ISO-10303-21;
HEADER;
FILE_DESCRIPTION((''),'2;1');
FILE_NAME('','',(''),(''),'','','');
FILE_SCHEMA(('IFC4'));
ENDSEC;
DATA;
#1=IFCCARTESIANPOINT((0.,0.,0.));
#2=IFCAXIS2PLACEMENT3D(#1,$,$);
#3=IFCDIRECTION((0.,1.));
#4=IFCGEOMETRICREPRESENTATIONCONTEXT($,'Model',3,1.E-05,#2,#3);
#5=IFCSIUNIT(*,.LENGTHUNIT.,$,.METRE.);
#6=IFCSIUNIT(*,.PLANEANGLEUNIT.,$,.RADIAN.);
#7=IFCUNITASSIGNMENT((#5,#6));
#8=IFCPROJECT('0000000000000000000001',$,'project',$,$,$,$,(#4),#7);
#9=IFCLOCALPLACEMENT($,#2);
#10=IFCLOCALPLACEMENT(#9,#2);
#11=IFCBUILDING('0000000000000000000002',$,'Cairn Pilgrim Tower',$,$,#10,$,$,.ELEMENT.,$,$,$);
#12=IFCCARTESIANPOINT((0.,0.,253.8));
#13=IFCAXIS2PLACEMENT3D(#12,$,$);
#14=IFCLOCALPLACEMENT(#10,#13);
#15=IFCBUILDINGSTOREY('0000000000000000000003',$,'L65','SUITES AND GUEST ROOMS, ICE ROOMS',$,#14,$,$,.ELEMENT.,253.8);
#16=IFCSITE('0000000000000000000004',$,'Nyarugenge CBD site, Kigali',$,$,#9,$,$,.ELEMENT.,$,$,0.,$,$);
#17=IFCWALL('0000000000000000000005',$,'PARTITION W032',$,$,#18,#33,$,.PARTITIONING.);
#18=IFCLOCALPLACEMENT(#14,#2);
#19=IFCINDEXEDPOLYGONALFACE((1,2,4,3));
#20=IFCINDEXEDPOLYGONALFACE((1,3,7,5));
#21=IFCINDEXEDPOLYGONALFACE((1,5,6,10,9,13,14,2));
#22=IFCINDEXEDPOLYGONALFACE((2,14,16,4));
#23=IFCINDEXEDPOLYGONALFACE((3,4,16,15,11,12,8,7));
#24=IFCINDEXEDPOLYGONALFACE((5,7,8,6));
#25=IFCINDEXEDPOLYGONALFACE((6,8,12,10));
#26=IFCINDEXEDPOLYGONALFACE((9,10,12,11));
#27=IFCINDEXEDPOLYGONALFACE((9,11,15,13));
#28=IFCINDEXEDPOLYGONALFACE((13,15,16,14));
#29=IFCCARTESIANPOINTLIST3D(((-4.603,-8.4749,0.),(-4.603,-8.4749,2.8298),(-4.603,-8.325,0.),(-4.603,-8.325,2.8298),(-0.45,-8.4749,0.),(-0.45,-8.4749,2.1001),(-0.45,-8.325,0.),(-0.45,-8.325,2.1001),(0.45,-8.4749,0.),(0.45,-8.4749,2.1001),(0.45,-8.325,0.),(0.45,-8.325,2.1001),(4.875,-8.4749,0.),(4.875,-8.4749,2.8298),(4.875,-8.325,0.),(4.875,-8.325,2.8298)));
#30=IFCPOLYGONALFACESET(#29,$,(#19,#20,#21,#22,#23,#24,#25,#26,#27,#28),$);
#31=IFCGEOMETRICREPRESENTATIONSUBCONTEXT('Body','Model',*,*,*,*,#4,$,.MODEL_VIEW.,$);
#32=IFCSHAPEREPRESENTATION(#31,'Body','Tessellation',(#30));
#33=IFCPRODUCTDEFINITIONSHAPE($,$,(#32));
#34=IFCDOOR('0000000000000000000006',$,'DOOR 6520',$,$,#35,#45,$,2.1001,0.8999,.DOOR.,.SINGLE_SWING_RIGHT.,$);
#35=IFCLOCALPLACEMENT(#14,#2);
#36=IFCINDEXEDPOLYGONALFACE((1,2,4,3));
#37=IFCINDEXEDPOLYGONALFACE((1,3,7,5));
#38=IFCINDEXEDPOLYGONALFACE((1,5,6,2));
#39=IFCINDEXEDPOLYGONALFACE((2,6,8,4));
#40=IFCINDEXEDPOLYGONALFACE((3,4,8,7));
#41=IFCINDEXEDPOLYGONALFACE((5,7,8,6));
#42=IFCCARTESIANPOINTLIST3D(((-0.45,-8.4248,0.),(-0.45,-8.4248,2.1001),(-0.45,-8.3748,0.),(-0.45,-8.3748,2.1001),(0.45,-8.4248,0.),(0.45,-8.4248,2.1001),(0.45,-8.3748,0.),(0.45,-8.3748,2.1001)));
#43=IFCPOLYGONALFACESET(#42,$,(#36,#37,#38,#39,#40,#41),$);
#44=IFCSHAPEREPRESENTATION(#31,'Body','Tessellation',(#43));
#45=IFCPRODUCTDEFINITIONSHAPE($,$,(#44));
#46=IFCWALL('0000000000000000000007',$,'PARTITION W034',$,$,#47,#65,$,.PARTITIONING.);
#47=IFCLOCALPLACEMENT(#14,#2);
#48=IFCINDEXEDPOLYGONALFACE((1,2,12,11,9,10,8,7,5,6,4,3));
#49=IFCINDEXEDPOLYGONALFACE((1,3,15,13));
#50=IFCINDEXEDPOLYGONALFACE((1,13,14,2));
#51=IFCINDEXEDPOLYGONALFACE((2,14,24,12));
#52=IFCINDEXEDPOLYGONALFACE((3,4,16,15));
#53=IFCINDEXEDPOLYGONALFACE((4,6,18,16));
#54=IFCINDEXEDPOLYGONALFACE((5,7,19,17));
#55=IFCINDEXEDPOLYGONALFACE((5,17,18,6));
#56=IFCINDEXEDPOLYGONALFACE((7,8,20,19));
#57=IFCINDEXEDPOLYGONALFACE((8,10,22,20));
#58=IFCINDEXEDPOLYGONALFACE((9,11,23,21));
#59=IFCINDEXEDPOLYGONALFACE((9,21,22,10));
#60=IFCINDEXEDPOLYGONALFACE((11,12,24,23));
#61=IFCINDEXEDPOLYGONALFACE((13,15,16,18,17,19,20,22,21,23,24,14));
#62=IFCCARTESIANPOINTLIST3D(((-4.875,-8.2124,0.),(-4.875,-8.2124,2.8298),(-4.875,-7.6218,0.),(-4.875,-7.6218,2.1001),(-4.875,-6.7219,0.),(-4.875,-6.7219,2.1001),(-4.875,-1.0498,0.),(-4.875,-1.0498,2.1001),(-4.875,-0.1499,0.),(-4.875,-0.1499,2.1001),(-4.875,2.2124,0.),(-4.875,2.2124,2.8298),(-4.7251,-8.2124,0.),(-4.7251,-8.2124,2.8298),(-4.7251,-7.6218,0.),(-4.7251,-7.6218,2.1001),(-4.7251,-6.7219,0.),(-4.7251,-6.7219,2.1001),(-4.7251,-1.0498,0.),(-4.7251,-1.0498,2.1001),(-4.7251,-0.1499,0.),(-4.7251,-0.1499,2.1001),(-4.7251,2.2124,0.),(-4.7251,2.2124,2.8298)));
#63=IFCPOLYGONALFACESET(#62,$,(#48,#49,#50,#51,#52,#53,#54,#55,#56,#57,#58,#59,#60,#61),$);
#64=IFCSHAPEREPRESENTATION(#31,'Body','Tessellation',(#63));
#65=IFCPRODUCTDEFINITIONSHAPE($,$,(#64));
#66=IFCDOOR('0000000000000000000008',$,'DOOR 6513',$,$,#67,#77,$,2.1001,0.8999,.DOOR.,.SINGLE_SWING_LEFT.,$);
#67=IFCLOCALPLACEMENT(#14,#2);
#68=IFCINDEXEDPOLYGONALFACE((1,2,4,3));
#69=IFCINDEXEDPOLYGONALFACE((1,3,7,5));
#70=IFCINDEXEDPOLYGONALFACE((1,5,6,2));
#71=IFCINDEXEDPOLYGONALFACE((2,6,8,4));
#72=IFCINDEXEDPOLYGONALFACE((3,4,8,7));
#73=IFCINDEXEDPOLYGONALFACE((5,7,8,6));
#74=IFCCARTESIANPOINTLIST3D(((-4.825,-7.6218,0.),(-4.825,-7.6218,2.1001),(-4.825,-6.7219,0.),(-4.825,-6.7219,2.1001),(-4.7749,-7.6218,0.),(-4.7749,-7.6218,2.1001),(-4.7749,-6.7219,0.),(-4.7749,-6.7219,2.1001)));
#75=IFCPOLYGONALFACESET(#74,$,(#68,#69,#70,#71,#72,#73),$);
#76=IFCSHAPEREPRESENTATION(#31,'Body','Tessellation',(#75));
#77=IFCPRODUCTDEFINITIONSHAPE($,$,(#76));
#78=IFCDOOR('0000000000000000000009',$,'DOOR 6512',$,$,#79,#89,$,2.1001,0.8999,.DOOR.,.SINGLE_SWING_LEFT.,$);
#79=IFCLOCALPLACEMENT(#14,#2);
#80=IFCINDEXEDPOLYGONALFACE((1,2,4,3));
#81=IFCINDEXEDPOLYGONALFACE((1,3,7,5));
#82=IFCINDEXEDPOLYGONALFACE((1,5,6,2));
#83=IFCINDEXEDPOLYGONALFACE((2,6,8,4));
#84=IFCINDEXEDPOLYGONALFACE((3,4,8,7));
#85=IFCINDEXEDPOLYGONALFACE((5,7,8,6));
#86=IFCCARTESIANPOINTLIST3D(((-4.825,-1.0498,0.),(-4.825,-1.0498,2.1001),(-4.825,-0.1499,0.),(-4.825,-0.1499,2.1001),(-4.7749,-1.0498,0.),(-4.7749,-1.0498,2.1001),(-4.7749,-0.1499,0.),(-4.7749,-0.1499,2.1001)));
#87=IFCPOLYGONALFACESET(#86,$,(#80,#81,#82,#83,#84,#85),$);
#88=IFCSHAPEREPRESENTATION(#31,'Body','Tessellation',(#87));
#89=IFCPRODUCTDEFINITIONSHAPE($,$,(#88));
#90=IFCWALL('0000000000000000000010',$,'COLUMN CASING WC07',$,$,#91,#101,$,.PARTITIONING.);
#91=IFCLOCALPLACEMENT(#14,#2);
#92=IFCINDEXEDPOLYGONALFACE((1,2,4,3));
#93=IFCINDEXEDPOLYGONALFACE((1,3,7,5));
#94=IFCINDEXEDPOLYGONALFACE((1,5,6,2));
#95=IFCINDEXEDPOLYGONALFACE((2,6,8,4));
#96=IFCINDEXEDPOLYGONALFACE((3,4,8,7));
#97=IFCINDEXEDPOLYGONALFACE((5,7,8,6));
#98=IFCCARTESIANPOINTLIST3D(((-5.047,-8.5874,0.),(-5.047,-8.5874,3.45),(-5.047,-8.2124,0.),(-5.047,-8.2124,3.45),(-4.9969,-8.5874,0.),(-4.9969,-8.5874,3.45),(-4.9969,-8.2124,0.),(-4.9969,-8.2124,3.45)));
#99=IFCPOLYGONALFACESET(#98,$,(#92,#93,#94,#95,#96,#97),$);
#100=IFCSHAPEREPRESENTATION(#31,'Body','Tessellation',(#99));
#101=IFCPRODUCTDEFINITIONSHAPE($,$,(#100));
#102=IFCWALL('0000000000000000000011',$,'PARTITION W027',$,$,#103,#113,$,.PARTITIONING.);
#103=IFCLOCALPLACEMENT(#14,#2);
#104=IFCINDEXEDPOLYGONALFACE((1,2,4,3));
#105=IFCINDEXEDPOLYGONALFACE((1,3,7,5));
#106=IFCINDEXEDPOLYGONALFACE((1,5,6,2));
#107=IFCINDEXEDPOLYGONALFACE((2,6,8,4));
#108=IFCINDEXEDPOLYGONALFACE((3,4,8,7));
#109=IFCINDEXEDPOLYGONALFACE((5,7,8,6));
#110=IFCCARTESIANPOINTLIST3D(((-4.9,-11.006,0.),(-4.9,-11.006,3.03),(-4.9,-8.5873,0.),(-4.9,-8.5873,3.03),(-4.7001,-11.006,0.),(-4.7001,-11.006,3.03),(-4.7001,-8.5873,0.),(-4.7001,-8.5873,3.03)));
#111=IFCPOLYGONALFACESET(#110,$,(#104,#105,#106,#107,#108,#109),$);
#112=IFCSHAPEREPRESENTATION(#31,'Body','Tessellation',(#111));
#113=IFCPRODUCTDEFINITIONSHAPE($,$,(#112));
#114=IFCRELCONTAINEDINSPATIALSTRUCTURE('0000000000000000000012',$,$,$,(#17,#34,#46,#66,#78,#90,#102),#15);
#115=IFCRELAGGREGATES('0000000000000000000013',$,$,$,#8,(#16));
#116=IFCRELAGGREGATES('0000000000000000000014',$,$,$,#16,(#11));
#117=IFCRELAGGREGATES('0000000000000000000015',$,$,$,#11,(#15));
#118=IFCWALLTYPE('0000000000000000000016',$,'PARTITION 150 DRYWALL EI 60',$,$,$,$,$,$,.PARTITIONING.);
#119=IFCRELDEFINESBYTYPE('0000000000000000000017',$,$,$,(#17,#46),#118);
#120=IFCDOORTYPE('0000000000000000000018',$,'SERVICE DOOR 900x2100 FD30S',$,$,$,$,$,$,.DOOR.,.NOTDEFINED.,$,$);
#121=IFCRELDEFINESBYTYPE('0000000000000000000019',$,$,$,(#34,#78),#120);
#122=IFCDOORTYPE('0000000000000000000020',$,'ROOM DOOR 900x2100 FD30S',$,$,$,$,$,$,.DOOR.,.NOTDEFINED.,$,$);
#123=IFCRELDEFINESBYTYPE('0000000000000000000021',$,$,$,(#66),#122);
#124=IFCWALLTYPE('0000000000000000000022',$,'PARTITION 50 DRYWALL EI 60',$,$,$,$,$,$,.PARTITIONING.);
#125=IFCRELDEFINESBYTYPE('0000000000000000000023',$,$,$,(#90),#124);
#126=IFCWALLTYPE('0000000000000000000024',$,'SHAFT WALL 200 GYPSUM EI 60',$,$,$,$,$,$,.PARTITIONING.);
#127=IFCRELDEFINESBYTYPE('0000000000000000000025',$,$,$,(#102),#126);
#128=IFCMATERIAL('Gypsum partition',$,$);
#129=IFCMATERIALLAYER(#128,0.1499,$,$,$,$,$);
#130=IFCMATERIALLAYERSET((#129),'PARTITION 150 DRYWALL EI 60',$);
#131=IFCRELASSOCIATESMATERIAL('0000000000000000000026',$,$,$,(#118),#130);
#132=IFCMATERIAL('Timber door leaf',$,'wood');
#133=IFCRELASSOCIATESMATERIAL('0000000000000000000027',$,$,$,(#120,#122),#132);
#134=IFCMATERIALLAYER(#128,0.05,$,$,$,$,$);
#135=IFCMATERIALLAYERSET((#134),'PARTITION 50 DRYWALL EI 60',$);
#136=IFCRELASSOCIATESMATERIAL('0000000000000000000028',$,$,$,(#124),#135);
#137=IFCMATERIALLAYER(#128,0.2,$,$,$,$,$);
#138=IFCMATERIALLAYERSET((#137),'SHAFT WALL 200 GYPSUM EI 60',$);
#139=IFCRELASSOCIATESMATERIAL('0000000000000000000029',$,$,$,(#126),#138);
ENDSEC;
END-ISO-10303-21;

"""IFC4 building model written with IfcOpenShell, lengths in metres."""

from ifc_helpers import new_model, si_unit, direction, frame, frame_2d, origin, place, context, subcontext, project, spatial, rectangle, extrude, material, layer, layer_set, type_object, element, fill, save


model = new_model("IFC4")

# Units and contexts
model_context = context("Model", 3, precision=1e-05, world=origin(), true_north=direction((0.0, 1.0)))
body_context = subcontext(model_context, "Body", "Model", "MODEL_VIEW")
ifc_project = project(units=[si_unit("LENGTHUNIT", "METRE"), si_unit("PLANEANGLEUNIT", "RADIAN")], contexts=[model_context])

# Site, building, storey
site_placement = place(None, origin())
site = spatial("IfcSite", under=ifc_project, at=site_placement, Name="Nyarugenge CBD site, Kigali", CompositionType="ELEMENT", RefElevation=0.0)
building_placement = place(site_placement, origin())
building = spatial("IfcBuilding", under=site, at=building_placement, Name="Cairn Pilgrim Tower", CompositionType="ELEMENT")
storey_placement = place(building_placement, frame((0.0, 0.0, 253.8)))
storey = spatial("IfcBuildingStorey", under=building, at=storey_placement, Name="L65", Description="SUITES AND GUEST ROOMS, ICE ROOMS", CompositionType="ELEMENT", Elevation=253.8)

# Shared definitions
ifc_material_1 = material(Name="Gypsum partition")
ifc_layer_1 = layer(ifc_material_1, 0.1499)
ifc_layer_set_1 = layer_set([ifc_layer_1], Name="PARTITION 150 DRYWALL EI 60")
wall_type_1 = type_object("IfcWallType", Name="PARTITION 150 DRYWALL EI 60", PredefinedType="PARTITIONING", material=ifc_layer_set_1)

# Wall, opening, door
wall_1_placement = place(storey_placement, frame((-4.603, -8.3999, 0.0), z_axis=(0.0, 0.0, 1.0), x_axis=(1.0, 0.0, 0.0)))
wall_1 = element("IfcWall", 1, at=wall_1_placement, inside=storey, type_object=wall_type_1, Name="PARTITION W032", PredefinedType="PARTITIONING", context=body_context, shape_type="SweptSolid", body=[
    extrude(rectangle(XDim=9.478, YDim=0.1499, at=frame_2d((4.739, 0.0))), origin(), (0.0, 0.0, 1.0), 2.8298),
])
opening_1_placement = place(wall_1_placement, frame((4.1531, 0.0, 0.0)))
opening_1 = element("IfcOpeningElement", 2, at=opening_1_placement, cuts=wall_1, PredefinedType="OPENING", context=body_context, shape_type="SweptSolid", body=[
    extrude(rectangle(XDim=0.8999, YDim=2.1001, at=frame_2d((0.45, 1.05))), frame((0.0, 0.085, 0.0), z_axis=(0.0, -1.0, 0.0), x_axis=(1.0, 0.0, 0.0)), (0.0, 0.0, 1.0), 0.1699),
])
ifc_material_2 = material(Name="Timber door leaf", Category="wood")
door_type_1 = type_object("IfcDoorType", Name="SERVICE DOOR 900x2100 FD30S", OperationType="NOTDEFINED", PredefinedType="DOOR", material=ifc_material_2)
door_1_placement = place(opening_1_placement, frame((0.8999, 0.0, 0.0), z_axis=(0.0, 0.0, 1.0), x_axis=(-1.0, 0.0, 0.0)))
door_1 = element("IfcDoor", 3, at=door_1_placement, inside=storey, type_object=door_type_1, Name="DOOR 6520", OperationType="SINGLE_SWING_RIGHT", OverallHeight=2.1001, OverallWidth=0.8999, PredefinedType="DOOR", context=body_context, shape_type="SweptSolid", body=[
    extrude(rectangle(XDim=0.8999, YDim=2.1001, at=frame_2d((0.45, 1.05))), frame((0.0, 0.0249, 0.0), z_axis=(0.0, -1.0, 0.0), x_axis=(1.0, 0.0, 0.0)), (0.0, 0.0, 1.0), 0.05),
])
fill(opening_1, door_1)

# Wall, openings, doors
wall_2_placement = place(storey_placement, frame((-4.8, -8.2124, 0.0), z_axis=(0.0, 0.0, 1.0), x_axis=(0.0, 1.0, 0.0)))
wall_2 = element("IfcWall", 4, at=wall_2_placement, inside=storey, type_object=wall_type_1, Name="PARTITION W034", PredefinedType="PARTITIONING", context=body_context, shape_type="SweptSolid", body=[
    extrude(rectangle(XDim=10.4248, YDim=0.1499, at=frame_2d((5.2124, 0.0))), origin(), (0.0, 0.0, 1.0), 2.8298),
])
opening_2_placement = place(wall_2_placement, frame((7.1626, 0.0, 0.0)))
opening_2 = element("IfcOpeningElement", 5, at=opening_2_placement, cuts=wall_2, PredefinedType="OPENING", context=body_context, shape_type="SweptSolid", body=[
    extrude(rectangle(XDim=0.8999, YDim=2.1001, at=frame_2d((0.45, 1.05))), frame((0.0, 0.085, 0.0), z_axis=(0.0, -1.0, 0.0), x_axis=(1.0, 0.0, 0.0)), (0.0, 0.0, 1.0), 0.1699),
])
opening_3_placement = place(wall_2_placement, frame((0.5906, 0.0, 0.0)))
opening_3 = element("IfcOpeningElement", 6, at=opening_3_placement, cuts=wall_2, PredefinedType="OPENING", context=body_context, shape_type="SweptSolid", body=[
    extrude(rectangle(XDim=0.8999, YDim=2.1001, at=frame_2d((0.45, 1.05))), frame((0.0, 0.085, 0.0), z_axis=(0.0, -1.0, 0.0), x_axis=(1.0, 0.0, 0.0)), (0.0, 0.0, 1.0), 0.1699),
])
door_type_2 = type_object("IfcDoorType", Name="ROOM DOOR 900x2100 FD30S", OperationType="NOTDEFINED", PredefinedType="DOOR", material=ifc_material_2)
door_2_placement = place(opening_3_placement, origin())
door_2 = element("IfcDoor", 7, at=door_2_placement, inside=storey, type_object=door_type_2, Name="DOOR 6513", OperationType="SINGLE_SWING_LEFT", OverallHeight=2.1001, OverallWidth=0.8999, PredefinedType="DOOR", context=body_context, shape_type="SweptSolid", body=[
    extrude(rectangle(XDim=0.8999, YDim=2.1001, at=frame_2d((0.45, 1.05))), frame((0.0, 0.0249, 0.0), z_axis=(0.0, -1.0, 0.0), x_axis=(1.0, 0.0, 0.0)), (0.0, 0.0, 1.0), 0.05),
])
fill(opening_3, door_2)
door_3_placement = place(opening_2_placement, origin())
door_3 = element("IfcDoor", 8, at=door_3_placement, inside=storey, type_object=door_type_1, Name="DOOR 6512", OperationType="SINGLE_SWING_LEFT", OverallHeight=2.1001, OverallWidth=0.8999, PredefinedType="DOOR", context=body_context, shape_type="SweptSolid", body=[
    extrude(rectangle(XDim=0.8999, YDim=2.1001, at=frame_2d((0.45, 1.05))), frame((0.0, 0.0249, 0.0), z_axis=(0.0, -1.0, 0.0), x_axis=(1.0, 0.0, 0.0)), (0.0, 0.0, 1.0), 0.05),
])
fill(opening_2, door_3)

# Walls
ifc_layer_2 = layer(ifc_material_1, 0.05)
ifc_layer_set_2 = layer_set([ifc_layer_2], Name="PARTITION 50 DRYWALL EI 60")
wall_type_2 = type_object("IfcWallType", Name="PARTITION 50 DRYWALL EI 60", PredefinedType="PARTITIONING", material=ifc_layer_set_2)
wall_3_placement = place(storey_placement, frame((-5.022, -8.5874, 0.0), z_axis=(0.0, 0.0, 1.0), x_axis=(0.0, 1.0, 0.0)))
element("IfcWall", 9, at=wall_3_placement, inside=storey, type_object=wall_type_2, Name="COLUMN CASING WC07", PredefinedType="PARTITIONING", context=body_context, shape_type="SweptSolid", body=[
    extrude(rectangle(XDim=0.375, YDim=0.05, at=frame_2d((0.1875, 0.0))), origin(), (0.0, 0.0, 1.0), 3.45),
])
ifc_layer_3 = layer(ifc_material_1, 0.2)
ifc_layer_set_3 = layer_set([ifc_layer_3], Name="SHAFT WALL 200 GYPSUM EI 60")
wall_type_3 = type_object("IfcWallType", Name="SHAFT WALL 200 GYPSUM EI 60", PredefinedType="PARTITIONING", material=ifc_layer_set_3)
wall_4_placement = place(storey_placement, frame((-4.8, -11.0061, 0.0), z_axis=(0.0, 0.0, 1.0), x_axis=(0.0, 1.0, 0.0)))
element("IfcWall", 10, at=wall_4_placement, inside=storey, type_object=wall_type_3, Name="PARTITION W027", PredefinedType="PARTITIONING", context=body_context, shape_type="SweptSolid", body=[
    extrude(rectangle(XDim=2.4187, YDim=0.2, at=frame_2d((1.2095, 0.0))), origin(), (0.0, 0.0, 1.0), 3.03),
])

save(model, "model.ifc")
